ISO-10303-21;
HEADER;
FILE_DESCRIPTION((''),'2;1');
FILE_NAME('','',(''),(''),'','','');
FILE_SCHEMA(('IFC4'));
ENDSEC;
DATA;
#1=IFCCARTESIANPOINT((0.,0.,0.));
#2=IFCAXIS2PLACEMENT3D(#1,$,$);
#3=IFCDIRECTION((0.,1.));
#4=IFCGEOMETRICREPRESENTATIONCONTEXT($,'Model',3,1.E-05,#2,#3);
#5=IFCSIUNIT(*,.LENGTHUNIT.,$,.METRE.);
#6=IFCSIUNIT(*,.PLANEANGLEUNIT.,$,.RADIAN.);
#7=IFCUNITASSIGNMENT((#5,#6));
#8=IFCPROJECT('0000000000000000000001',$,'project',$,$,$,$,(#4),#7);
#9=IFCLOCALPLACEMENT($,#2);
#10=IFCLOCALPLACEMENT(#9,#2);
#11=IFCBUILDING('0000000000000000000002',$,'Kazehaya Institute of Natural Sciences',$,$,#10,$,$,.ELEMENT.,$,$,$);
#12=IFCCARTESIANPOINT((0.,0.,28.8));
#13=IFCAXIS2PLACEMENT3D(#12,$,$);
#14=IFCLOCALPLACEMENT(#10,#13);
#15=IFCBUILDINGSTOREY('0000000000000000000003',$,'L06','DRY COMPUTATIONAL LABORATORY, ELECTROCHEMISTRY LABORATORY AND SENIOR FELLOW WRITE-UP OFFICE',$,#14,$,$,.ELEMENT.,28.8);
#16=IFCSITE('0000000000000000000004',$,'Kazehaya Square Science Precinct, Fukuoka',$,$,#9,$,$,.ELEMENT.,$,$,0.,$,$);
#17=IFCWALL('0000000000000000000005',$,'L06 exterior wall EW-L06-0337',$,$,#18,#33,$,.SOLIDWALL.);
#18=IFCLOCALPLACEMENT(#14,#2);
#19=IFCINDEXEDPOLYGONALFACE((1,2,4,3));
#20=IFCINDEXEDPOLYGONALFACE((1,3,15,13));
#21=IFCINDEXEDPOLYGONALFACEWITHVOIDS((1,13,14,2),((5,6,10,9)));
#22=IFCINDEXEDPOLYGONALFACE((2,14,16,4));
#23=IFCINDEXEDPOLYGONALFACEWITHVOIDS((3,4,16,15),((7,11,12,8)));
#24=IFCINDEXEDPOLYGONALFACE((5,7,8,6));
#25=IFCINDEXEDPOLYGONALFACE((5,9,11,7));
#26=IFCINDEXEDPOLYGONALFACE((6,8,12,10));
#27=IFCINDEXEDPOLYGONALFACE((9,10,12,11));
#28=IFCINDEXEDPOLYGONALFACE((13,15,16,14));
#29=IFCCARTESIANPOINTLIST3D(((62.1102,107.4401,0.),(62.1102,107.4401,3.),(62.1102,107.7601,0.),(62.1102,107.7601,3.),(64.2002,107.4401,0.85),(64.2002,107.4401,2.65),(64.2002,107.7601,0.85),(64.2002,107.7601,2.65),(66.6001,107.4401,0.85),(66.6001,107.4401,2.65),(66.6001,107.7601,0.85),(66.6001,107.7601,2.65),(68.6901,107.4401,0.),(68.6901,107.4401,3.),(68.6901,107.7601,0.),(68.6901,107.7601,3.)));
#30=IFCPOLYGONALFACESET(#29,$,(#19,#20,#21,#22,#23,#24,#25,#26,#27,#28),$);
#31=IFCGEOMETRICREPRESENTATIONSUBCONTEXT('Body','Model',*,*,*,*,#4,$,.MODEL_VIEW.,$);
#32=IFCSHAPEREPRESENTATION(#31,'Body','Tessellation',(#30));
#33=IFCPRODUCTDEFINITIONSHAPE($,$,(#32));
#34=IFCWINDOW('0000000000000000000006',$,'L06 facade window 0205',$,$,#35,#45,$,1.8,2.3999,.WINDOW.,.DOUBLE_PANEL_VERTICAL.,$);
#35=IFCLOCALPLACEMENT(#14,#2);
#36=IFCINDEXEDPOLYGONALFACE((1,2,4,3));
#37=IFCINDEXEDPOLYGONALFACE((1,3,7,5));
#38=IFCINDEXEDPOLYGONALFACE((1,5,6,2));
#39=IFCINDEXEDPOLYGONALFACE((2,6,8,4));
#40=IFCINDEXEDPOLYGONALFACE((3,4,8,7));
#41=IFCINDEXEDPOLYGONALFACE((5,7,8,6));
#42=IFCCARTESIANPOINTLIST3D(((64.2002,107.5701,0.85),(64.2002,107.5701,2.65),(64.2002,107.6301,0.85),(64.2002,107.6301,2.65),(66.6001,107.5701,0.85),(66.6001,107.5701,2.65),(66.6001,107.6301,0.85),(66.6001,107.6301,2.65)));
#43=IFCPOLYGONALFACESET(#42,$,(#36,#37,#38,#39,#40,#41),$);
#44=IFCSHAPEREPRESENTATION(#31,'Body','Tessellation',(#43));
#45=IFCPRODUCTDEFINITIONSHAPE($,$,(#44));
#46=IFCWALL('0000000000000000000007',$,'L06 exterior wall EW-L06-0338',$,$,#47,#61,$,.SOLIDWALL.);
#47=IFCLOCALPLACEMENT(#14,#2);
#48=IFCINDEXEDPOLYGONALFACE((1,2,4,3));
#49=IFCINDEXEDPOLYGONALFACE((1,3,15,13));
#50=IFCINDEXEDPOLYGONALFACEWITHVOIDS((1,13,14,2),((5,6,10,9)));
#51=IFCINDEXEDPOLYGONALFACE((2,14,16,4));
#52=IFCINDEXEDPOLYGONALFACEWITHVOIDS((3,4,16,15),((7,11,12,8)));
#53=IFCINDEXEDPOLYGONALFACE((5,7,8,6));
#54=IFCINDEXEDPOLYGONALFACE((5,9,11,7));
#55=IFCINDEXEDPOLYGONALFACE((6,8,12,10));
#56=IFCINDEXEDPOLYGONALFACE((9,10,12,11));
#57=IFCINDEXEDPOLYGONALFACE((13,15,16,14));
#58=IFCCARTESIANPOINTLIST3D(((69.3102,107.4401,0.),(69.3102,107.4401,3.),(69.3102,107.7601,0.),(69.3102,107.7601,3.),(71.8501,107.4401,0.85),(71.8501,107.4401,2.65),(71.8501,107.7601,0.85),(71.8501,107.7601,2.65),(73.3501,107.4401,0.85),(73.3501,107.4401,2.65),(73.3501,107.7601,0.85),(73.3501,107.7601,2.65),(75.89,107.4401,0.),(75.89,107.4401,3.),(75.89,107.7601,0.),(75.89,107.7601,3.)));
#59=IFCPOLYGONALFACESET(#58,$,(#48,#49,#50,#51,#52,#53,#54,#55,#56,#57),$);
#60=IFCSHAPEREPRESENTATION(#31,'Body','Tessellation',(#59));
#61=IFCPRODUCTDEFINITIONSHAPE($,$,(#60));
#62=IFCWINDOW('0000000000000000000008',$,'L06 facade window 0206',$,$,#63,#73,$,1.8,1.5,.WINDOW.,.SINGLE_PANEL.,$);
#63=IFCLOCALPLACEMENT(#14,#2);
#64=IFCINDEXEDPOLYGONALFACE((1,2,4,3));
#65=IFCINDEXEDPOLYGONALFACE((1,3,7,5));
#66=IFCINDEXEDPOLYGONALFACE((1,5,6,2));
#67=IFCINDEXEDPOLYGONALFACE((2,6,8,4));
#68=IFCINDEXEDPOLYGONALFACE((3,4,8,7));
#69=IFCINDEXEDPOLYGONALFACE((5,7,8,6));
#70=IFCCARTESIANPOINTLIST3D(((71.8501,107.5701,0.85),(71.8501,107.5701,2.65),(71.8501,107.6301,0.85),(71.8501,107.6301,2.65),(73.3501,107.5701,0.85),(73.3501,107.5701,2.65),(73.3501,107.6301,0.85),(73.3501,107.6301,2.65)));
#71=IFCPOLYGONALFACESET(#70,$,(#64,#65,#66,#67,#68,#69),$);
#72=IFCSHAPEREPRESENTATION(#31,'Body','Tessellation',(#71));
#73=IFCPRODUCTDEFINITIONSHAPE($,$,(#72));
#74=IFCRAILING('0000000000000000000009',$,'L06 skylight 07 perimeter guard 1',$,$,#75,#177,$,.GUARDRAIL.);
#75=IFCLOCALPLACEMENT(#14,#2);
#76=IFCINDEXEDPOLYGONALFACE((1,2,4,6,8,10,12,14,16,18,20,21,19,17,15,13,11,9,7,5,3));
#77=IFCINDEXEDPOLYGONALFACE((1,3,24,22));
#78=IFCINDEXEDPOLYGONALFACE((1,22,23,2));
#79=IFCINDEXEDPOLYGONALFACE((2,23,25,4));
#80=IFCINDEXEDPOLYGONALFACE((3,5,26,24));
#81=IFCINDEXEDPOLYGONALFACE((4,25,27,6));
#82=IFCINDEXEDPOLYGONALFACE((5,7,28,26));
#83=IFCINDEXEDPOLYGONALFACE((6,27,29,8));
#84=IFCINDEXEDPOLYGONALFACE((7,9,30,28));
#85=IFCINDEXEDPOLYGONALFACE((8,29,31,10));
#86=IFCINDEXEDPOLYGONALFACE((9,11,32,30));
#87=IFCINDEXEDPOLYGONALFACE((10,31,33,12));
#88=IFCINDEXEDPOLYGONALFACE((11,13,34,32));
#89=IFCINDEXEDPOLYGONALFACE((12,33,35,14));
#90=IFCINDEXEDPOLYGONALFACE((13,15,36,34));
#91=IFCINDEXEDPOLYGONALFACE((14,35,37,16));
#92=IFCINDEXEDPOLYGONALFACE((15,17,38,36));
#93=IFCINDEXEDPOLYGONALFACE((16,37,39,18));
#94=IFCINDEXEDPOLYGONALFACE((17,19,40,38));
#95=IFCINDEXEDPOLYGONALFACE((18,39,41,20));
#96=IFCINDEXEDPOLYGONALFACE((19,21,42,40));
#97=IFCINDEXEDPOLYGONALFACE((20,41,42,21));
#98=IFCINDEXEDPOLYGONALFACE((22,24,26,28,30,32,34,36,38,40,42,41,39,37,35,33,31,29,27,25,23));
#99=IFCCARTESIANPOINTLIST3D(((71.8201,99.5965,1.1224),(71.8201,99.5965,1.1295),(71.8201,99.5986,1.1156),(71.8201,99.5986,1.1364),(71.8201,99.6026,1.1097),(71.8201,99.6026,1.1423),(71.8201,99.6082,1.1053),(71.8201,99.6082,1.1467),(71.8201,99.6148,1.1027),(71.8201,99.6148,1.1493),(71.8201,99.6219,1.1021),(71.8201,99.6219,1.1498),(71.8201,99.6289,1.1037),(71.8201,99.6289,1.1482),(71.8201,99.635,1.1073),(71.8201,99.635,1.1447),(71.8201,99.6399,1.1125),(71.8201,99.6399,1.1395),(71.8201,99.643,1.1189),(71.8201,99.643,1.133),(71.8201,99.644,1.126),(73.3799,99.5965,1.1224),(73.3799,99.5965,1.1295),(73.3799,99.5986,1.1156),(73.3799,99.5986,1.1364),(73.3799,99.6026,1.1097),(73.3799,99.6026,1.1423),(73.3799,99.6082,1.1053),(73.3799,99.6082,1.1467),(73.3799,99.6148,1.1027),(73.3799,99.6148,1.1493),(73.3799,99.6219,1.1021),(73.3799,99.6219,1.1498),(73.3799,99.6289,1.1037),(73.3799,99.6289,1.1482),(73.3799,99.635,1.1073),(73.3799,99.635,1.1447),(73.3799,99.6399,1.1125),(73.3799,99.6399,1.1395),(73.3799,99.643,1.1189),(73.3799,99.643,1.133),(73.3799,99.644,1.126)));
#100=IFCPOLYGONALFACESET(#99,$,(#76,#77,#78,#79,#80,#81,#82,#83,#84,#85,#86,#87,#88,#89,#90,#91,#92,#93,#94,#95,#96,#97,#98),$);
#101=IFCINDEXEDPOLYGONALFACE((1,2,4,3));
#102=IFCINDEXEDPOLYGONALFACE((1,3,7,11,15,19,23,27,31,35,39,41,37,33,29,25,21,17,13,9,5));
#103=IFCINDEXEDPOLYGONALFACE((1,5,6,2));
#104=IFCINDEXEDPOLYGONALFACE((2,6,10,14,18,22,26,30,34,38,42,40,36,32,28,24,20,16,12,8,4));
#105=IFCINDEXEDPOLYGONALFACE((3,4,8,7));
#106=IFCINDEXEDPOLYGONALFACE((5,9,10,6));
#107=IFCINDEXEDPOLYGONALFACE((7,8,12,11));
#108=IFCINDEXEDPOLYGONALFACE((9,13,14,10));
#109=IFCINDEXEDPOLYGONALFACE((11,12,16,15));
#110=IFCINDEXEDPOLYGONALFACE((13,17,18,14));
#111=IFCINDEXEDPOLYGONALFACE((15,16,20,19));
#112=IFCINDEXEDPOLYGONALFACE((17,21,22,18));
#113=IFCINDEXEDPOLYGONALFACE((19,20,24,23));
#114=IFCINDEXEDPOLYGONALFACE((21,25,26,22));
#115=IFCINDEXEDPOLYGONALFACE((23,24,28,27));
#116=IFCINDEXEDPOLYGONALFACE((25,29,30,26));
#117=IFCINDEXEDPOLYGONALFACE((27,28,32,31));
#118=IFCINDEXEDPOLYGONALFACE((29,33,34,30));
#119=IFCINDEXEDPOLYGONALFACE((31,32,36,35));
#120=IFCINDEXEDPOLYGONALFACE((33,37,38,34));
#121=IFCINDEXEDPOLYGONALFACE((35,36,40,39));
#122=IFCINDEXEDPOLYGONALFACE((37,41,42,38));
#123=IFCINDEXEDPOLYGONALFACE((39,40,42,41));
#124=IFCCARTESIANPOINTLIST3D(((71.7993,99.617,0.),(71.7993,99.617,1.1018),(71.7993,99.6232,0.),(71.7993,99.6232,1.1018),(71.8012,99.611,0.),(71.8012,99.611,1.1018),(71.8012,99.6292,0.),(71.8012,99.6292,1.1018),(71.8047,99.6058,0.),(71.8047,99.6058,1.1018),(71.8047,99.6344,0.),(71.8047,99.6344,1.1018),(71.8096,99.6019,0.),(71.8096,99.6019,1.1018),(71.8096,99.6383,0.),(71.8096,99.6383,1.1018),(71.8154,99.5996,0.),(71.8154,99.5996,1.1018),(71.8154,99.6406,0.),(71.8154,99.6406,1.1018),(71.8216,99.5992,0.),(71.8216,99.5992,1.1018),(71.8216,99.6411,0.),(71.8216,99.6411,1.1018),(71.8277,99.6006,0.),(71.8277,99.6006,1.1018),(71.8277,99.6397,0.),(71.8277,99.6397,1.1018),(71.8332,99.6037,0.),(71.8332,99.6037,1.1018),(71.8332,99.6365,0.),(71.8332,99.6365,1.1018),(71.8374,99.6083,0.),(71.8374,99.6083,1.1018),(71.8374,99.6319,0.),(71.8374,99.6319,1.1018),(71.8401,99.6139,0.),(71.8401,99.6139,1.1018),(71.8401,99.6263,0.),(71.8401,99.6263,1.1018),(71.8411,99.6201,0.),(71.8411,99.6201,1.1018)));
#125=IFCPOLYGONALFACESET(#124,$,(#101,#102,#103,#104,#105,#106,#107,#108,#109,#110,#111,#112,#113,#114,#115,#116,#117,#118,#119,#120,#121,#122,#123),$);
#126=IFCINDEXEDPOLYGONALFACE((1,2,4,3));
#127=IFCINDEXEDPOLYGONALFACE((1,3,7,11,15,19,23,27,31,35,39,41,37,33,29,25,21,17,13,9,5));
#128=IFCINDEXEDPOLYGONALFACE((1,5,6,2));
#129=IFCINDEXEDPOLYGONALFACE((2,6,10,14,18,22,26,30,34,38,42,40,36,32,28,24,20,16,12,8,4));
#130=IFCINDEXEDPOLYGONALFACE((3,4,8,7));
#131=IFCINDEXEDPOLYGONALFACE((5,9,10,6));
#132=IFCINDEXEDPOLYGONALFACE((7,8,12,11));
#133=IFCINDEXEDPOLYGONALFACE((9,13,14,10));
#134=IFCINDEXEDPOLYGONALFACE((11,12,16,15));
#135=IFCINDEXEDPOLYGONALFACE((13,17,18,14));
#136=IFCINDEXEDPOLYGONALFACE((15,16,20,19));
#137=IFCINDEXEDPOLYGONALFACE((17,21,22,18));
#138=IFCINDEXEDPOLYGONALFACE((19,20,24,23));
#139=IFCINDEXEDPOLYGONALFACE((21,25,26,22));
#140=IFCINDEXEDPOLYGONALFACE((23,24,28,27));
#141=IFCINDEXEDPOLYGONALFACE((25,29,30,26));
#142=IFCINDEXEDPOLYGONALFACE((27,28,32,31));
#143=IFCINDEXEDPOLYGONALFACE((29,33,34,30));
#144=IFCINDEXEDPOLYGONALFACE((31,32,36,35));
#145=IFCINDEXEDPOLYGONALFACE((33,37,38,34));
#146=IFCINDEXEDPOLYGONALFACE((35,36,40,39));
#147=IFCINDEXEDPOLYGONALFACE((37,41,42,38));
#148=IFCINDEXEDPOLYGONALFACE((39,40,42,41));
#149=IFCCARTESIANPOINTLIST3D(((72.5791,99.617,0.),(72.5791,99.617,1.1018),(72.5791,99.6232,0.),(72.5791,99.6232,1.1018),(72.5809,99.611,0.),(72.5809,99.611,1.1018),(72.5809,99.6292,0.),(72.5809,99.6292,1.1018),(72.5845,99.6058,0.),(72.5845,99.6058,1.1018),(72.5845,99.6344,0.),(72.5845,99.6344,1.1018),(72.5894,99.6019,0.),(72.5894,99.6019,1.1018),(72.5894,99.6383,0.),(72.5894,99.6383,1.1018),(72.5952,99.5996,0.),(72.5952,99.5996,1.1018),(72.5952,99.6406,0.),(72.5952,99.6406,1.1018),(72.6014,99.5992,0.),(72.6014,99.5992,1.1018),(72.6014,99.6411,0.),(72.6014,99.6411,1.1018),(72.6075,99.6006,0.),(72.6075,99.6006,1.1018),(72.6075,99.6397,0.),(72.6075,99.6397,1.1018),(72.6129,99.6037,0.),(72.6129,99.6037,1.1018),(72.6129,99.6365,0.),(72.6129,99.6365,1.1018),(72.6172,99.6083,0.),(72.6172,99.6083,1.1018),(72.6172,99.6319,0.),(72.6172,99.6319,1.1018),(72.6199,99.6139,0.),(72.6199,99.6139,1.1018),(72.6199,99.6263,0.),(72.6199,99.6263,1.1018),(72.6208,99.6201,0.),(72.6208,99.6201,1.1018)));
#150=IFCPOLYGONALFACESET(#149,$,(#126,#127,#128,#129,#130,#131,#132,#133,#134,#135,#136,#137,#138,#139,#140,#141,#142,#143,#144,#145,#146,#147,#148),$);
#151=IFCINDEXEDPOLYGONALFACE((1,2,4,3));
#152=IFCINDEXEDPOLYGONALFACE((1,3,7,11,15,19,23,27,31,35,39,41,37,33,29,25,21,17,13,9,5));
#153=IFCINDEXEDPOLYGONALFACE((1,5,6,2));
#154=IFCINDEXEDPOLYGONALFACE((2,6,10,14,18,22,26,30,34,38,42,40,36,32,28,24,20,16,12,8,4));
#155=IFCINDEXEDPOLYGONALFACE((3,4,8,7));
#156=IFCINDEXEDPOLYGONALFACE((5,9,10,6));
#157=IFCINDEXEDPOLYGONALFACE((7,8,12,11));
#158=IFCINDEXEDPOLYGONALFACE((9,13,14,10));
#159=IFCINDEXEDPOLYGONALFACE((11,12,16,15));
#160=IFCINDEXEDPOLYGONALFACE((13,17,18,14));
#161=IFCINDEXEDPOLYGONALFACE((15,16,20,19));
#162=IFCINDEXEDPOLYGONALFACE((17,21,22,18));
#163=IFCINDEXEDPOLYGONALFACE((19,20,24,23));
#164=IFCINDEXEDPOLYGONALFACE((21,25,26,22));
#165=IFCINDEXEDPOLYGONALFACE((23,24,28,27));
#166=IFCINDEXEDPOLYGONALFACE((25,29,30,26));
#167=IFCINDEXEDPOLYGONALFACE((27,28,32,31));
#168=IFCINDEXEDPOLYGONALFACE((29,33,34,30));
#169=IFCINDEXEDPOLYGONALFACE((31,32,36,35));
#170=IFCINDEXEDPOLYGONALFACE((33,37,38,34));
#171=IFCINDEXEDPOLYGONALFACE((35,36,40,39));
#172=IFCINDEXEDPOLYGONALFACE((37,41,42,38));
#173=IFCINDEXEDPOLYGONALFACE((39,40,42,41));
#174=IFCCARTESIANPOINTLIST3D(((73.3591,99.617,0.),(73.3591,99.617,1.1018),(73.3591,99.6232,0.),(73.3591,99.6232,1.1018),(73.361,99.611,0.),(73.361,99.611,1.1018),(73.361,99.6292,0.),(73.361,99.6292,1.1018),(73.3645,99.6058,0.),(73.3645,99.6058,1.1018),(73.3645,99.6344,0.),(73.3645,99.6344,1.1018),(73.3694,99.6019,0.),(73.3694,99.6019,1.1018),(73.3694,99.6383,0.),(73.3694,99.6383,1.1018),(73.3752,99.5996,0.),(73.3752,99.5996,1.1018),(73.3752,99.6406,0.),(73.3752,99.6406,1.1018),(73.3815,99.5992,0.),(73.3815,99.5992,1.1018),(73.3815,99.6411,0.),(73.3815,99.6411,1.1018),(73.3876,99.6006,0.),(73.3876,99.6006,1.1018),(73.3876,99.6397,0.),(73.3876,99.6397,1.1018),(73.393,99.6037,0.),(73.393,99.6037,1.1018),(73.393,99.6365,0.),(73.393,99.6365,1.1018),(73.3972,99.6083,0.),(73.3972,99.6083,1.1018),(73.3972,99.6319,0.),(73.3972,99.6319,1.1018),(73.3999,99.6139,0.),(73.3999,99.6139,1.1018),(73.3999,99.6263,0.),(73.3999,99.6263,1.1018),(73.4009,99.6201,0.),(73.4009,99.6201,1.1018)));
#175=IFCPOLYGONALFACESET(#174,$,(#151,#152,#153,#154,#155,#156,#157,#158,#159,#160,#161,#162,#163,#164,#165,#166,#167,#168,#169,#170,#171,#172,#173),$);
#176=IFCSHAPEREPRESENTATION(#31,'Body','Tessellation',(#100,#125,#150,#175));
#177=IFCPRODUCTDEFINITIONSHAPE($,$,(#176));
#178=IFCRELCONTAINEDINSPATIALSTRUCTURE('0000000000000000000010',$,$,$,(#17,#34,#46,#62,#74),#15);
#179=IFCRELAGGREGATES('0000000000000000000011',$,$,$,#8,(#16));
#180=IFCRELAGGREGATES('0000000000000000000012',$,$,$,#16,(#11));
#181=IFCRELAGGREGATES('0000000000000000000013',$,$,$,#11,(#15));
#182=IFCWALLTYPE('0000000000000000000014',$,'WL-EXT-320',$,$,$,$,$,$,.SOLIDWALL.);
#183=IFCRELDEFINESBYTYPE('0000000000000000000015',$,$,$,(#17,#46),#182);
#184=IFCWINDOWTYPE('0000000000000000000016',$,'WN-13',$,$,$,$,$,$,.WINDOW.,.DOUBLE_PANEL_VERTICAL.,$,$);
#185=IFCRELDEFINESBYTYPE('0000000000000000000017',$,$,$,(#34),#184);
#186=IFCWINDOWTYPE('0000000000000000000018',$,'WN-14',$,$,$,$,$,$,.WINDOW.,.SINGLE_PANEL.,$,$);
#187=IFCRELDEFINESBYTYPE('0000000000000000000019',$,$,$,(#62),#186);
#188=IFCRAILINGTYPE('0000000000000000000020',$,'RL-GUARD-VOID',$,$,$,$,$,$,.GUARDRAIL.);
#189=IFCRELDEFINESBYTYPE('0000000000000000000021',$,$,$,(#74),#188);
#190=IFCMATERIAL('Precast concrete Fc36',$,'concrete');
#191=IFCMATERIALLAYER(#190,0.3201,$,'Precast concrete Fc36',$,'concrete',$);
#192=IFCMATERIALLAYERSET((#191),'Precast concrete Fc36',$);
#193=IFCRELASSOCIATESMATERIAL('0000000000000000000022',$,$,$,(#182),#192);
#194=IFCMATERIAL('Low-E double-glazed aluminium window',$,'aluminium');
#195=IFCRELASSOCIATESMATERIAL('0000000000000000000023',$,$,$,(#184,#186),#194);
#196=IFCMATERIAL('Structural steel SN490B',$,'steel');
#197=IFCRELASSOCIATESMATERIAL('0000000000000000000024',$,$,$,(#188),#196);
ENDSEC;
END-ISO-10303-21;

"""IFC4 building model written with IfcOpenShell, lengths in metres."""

from ifc_helpers import new_model, si_unit, direction, frame, frame_2d, origin, origin_2d, place, context, subcontext, project, spatial, rectangle, circle, extrude, material, layer, layer_set, type_object, element, fill, save


model = new_model("IFC4")

# Units and contexts
model_context = context("Model", 3, precision=1e-05, world=origin(), true_north=direction((0.0, 1.0)))
body_context = subcontext(model_context, "Body", "Model", "MODEL_VIEW")
ifc_project = project(units=[si_unit("LENGTHUNIT", "METRE"), si_unit("PLANEANGLEUNIT", "RADIAN")], contexts=[model_context])

# Site, building, storey
site_placement = place(None, origin())
site = spatial("IfcSite", under=ifc_project, at=site_placement, Name="Kazehaya Square Science Precinct, Fukuoka", CompositionType="ELEMENT", RefElevation=0.0)
building_placement = place(site_placement, origin())
building = spatial("IfcBuilding", under=site, at=building_placement, Name="Kazehaya Institute of Natural Sciences", CompositionType="ELEMENT")
storey_placement = place(building_placement, frame((0.0, 0.0, 28.8)))
storey = spatial("IfcBuildingStorey", under=building, at=storey_placement, Name="L06", Description="DRY COMPUTATIONAL LABORATORY, ELECTROCHEMISTRY LABORATORY AND SENIOR FELLOW WRITE-UP OFFICE", CompositionType="ELEMENT", Elevation=28.8)

# Shared definitions
ifc_material_1 = material(Name="Precast concrete Fc36", Category="concrete")
ifc_layer = layer(ifc_material_1, 0.3201, Name="Precast concrete Fc36", Category="concrete")
ifc_layer_set = layer_set([ifc_layer], Name="Precast concrete Fc36")
wall_type = type_object("IfcWallType", Name="WL-EXT-320", PredefinedType="SOLIDWALL", material=ifc_layer_set)

# Walls, openings, windows
wall_1_placement = place(storey_placement, frame((62.1101, 107.6001, 0.0), z_axis=(0.0, 0.0, 1.0), x_axis=(1.0, 0.0, 0.0)))
wall_1 = element("IfcWall", 1, at=wall_1_placement, inside=storey, type_object=wall_type, Name="L06 exterior wall EW-L06-0337", PredefinedType="SOLIDWALL", context=body_context, shape_type="SweptSolid", body=[
    extrude(rectangle(XDim=6.5798, YDim=0.3201, at=frame_2d((3.29, 0.0))), origin(), (0.0, 0.0, 1.0), 3.0),
])
opening_1_placement = place(wall_1_placement, frame((2.0901, 0.0, 0.8501)))
opening_1 = element("IfcOpeningElement", 2, at=opening_1_placement, cuts=wall_1, PredefinedType="OPENING", context=body_context, shape_type="SweptSolid", body=[
    extrude(rectangle(XDim=2.3999, YDim=1.8, at=frame_2d((1.2, 0.8999))), frame((0.0, 0.1699, 0.0), z_axis=(0.0, -1.0, 0.0), x_axis=(1.0, 0.0, 0.0)), (0.0, 0.0, 1.0), 0.3401),
])
ifc_material_2 = material(Name="Low-E double-glazed aluminium window", Category="aluminium")
window_type_1 = type_object("IfcWindowType", Name="WN-13", PartitioningType="DOUBLE_PANEL_VERTICAL", PredefinedType="WINDOW", material=ifc_material_2)
window_1_placement = place(opening_1_placement, origin())
window_1 = element("IfcWindow", 3, at=window_1_placement, inside=storey, type_object=window_type_1, Name="L06 facade window 0205", OverallHeight=1.8, OverallWidth=2.3999, PartitioningType="DOUBLE_PANEL_VERTICAL", PredefinedType="WINDOW", context=body_context, shape_type="SweptSolid", body=[
    extrude(rectangle(XDim=2.3999, YDim=1.8, at=frame_2d((1.2, 0.8999))), frame((0.0, 0.03, 0.0), z_axis=(0.0, -1.0, 0.0), x_axis=(1.0, 0.0, 0.0)), (0.0, 0.0, 1.0), 0.0601),
])
fill(opening_1, window_1)
wall_2_placement = place(storey_placement, frame((69.3101, 107.6001, 0.0), z_axis=(0.0, 0.0, 1.0), x_axis=(1.0, 0.0, 0.0)))
wall_2 = element("IfcWall", 4, at=wall_2_placement, inside=storey, type_object=wall_type, Name="L06 exterior wall EW-L06-0338", PredefinedType="SOLIDWALL", context=body_context, shape_type="SweptSolid", body=[
    extrude(rectangle(XDim=6.5798, YDim=0.3201, at=frame_2d((3.29, 0.0))), origin(), (0.0, 0.0, 1.0), 3.0),
])
opening_2_placement = place(wall_2_placement, frame((2.54, 0.0, 0.8501)))
opening_2 = element("IfcOpeningElement", 5, at=opening_2_placement, cuts=wall_2, PredefinedType="OPENING", context=body_context, shape_type="SweptSolid", body=[
    extrude(rectangle(XDim=1.5, YDim=1.8, at=frame_2d((0.75, 0.8999))), frame((0.0, 0.1699, 0.0), z_axis=(0.0, -1.0, 0.0), x_axis=(1.0, 0.0, 0.0)), (0.0, 0.0, 1.0), 0.3401),
])
window_type_2 = type_object("IfcWindowType", Name="WN-14", PartitioningType="SINGLE_PANEL", PredefinedType="WINDOW", material=ifc_material_2)
window_2_placement = place(opening_2_placement, origin())
window_2 = element("IfcWindow", 6, at=window_2_placement, inside=storey, type_object=window_type_2, Name="L06 facade window 0206", OverallHeight=1.8, OverallWidth=1.5, PartitioningType="SINGLE_PANEL", PredefinedType="WINDOW", context=body_context, shape_type="SweptSolid", body=[
    extrude(rectangle(XDim=1.5, YDim=1.8, at=frame_2d((0.75, 0.8999))), frame((0.0, 0.03, 0.0), z_axis=(0.0, -1.0, 0.0), x_axis=(1.0, 0.0, 0.0)), (0.0, 0.0, 1.0), 0.0601),
])
fill(opening_2, window_2)

# Railing
ifc_material_3 = material(Name="Structural steel SN490B", Category="steel")
railing_type = type_object("IfcRailingType", Name="RL-GUARD-VOID", PredefinedType="GUARDRAIL", material=ifc_material_3)
railing_1_placement = place(storey_placement, frame((71.8201, 99.6201, 0.0)))
element("IfcRailing", 7, at=railing_1_placement, inside=storey, type_object=railing_type, Name="L06 skylight 07 perimeter guard 1", PredefinedType="GUARDRAIL", context=body_context, shape_type="SweptSolid", body=[
    extrude(circle(Radius=0.0239, at=origin_2d()), frame((0.0, 0.0, 1.126), z_axis=(1.0, 0.0, 0.0), x_axis=(0.0, 1.0, 0.0)), (0.0, 0.0, 1.0), 1.5598),
    extrude(circle(Radius=0.021, at=origin_2d()), origin(), (0.0, 0.0, 1.0), 1.1018),
    extrude(circle(Radius=0.021, at=origin_2d()), frame((0.7798, 0.0, 0.0)), (0.0, 0.0, 1.0), 1.1018),
    extrude(circle(Radius=0.021, at=origin_2d()), frame((1.5598, 0.0, 0.0)), (0.0, 0.0, 1.0), 1.1018),
])

save(model, "model.ifc")
